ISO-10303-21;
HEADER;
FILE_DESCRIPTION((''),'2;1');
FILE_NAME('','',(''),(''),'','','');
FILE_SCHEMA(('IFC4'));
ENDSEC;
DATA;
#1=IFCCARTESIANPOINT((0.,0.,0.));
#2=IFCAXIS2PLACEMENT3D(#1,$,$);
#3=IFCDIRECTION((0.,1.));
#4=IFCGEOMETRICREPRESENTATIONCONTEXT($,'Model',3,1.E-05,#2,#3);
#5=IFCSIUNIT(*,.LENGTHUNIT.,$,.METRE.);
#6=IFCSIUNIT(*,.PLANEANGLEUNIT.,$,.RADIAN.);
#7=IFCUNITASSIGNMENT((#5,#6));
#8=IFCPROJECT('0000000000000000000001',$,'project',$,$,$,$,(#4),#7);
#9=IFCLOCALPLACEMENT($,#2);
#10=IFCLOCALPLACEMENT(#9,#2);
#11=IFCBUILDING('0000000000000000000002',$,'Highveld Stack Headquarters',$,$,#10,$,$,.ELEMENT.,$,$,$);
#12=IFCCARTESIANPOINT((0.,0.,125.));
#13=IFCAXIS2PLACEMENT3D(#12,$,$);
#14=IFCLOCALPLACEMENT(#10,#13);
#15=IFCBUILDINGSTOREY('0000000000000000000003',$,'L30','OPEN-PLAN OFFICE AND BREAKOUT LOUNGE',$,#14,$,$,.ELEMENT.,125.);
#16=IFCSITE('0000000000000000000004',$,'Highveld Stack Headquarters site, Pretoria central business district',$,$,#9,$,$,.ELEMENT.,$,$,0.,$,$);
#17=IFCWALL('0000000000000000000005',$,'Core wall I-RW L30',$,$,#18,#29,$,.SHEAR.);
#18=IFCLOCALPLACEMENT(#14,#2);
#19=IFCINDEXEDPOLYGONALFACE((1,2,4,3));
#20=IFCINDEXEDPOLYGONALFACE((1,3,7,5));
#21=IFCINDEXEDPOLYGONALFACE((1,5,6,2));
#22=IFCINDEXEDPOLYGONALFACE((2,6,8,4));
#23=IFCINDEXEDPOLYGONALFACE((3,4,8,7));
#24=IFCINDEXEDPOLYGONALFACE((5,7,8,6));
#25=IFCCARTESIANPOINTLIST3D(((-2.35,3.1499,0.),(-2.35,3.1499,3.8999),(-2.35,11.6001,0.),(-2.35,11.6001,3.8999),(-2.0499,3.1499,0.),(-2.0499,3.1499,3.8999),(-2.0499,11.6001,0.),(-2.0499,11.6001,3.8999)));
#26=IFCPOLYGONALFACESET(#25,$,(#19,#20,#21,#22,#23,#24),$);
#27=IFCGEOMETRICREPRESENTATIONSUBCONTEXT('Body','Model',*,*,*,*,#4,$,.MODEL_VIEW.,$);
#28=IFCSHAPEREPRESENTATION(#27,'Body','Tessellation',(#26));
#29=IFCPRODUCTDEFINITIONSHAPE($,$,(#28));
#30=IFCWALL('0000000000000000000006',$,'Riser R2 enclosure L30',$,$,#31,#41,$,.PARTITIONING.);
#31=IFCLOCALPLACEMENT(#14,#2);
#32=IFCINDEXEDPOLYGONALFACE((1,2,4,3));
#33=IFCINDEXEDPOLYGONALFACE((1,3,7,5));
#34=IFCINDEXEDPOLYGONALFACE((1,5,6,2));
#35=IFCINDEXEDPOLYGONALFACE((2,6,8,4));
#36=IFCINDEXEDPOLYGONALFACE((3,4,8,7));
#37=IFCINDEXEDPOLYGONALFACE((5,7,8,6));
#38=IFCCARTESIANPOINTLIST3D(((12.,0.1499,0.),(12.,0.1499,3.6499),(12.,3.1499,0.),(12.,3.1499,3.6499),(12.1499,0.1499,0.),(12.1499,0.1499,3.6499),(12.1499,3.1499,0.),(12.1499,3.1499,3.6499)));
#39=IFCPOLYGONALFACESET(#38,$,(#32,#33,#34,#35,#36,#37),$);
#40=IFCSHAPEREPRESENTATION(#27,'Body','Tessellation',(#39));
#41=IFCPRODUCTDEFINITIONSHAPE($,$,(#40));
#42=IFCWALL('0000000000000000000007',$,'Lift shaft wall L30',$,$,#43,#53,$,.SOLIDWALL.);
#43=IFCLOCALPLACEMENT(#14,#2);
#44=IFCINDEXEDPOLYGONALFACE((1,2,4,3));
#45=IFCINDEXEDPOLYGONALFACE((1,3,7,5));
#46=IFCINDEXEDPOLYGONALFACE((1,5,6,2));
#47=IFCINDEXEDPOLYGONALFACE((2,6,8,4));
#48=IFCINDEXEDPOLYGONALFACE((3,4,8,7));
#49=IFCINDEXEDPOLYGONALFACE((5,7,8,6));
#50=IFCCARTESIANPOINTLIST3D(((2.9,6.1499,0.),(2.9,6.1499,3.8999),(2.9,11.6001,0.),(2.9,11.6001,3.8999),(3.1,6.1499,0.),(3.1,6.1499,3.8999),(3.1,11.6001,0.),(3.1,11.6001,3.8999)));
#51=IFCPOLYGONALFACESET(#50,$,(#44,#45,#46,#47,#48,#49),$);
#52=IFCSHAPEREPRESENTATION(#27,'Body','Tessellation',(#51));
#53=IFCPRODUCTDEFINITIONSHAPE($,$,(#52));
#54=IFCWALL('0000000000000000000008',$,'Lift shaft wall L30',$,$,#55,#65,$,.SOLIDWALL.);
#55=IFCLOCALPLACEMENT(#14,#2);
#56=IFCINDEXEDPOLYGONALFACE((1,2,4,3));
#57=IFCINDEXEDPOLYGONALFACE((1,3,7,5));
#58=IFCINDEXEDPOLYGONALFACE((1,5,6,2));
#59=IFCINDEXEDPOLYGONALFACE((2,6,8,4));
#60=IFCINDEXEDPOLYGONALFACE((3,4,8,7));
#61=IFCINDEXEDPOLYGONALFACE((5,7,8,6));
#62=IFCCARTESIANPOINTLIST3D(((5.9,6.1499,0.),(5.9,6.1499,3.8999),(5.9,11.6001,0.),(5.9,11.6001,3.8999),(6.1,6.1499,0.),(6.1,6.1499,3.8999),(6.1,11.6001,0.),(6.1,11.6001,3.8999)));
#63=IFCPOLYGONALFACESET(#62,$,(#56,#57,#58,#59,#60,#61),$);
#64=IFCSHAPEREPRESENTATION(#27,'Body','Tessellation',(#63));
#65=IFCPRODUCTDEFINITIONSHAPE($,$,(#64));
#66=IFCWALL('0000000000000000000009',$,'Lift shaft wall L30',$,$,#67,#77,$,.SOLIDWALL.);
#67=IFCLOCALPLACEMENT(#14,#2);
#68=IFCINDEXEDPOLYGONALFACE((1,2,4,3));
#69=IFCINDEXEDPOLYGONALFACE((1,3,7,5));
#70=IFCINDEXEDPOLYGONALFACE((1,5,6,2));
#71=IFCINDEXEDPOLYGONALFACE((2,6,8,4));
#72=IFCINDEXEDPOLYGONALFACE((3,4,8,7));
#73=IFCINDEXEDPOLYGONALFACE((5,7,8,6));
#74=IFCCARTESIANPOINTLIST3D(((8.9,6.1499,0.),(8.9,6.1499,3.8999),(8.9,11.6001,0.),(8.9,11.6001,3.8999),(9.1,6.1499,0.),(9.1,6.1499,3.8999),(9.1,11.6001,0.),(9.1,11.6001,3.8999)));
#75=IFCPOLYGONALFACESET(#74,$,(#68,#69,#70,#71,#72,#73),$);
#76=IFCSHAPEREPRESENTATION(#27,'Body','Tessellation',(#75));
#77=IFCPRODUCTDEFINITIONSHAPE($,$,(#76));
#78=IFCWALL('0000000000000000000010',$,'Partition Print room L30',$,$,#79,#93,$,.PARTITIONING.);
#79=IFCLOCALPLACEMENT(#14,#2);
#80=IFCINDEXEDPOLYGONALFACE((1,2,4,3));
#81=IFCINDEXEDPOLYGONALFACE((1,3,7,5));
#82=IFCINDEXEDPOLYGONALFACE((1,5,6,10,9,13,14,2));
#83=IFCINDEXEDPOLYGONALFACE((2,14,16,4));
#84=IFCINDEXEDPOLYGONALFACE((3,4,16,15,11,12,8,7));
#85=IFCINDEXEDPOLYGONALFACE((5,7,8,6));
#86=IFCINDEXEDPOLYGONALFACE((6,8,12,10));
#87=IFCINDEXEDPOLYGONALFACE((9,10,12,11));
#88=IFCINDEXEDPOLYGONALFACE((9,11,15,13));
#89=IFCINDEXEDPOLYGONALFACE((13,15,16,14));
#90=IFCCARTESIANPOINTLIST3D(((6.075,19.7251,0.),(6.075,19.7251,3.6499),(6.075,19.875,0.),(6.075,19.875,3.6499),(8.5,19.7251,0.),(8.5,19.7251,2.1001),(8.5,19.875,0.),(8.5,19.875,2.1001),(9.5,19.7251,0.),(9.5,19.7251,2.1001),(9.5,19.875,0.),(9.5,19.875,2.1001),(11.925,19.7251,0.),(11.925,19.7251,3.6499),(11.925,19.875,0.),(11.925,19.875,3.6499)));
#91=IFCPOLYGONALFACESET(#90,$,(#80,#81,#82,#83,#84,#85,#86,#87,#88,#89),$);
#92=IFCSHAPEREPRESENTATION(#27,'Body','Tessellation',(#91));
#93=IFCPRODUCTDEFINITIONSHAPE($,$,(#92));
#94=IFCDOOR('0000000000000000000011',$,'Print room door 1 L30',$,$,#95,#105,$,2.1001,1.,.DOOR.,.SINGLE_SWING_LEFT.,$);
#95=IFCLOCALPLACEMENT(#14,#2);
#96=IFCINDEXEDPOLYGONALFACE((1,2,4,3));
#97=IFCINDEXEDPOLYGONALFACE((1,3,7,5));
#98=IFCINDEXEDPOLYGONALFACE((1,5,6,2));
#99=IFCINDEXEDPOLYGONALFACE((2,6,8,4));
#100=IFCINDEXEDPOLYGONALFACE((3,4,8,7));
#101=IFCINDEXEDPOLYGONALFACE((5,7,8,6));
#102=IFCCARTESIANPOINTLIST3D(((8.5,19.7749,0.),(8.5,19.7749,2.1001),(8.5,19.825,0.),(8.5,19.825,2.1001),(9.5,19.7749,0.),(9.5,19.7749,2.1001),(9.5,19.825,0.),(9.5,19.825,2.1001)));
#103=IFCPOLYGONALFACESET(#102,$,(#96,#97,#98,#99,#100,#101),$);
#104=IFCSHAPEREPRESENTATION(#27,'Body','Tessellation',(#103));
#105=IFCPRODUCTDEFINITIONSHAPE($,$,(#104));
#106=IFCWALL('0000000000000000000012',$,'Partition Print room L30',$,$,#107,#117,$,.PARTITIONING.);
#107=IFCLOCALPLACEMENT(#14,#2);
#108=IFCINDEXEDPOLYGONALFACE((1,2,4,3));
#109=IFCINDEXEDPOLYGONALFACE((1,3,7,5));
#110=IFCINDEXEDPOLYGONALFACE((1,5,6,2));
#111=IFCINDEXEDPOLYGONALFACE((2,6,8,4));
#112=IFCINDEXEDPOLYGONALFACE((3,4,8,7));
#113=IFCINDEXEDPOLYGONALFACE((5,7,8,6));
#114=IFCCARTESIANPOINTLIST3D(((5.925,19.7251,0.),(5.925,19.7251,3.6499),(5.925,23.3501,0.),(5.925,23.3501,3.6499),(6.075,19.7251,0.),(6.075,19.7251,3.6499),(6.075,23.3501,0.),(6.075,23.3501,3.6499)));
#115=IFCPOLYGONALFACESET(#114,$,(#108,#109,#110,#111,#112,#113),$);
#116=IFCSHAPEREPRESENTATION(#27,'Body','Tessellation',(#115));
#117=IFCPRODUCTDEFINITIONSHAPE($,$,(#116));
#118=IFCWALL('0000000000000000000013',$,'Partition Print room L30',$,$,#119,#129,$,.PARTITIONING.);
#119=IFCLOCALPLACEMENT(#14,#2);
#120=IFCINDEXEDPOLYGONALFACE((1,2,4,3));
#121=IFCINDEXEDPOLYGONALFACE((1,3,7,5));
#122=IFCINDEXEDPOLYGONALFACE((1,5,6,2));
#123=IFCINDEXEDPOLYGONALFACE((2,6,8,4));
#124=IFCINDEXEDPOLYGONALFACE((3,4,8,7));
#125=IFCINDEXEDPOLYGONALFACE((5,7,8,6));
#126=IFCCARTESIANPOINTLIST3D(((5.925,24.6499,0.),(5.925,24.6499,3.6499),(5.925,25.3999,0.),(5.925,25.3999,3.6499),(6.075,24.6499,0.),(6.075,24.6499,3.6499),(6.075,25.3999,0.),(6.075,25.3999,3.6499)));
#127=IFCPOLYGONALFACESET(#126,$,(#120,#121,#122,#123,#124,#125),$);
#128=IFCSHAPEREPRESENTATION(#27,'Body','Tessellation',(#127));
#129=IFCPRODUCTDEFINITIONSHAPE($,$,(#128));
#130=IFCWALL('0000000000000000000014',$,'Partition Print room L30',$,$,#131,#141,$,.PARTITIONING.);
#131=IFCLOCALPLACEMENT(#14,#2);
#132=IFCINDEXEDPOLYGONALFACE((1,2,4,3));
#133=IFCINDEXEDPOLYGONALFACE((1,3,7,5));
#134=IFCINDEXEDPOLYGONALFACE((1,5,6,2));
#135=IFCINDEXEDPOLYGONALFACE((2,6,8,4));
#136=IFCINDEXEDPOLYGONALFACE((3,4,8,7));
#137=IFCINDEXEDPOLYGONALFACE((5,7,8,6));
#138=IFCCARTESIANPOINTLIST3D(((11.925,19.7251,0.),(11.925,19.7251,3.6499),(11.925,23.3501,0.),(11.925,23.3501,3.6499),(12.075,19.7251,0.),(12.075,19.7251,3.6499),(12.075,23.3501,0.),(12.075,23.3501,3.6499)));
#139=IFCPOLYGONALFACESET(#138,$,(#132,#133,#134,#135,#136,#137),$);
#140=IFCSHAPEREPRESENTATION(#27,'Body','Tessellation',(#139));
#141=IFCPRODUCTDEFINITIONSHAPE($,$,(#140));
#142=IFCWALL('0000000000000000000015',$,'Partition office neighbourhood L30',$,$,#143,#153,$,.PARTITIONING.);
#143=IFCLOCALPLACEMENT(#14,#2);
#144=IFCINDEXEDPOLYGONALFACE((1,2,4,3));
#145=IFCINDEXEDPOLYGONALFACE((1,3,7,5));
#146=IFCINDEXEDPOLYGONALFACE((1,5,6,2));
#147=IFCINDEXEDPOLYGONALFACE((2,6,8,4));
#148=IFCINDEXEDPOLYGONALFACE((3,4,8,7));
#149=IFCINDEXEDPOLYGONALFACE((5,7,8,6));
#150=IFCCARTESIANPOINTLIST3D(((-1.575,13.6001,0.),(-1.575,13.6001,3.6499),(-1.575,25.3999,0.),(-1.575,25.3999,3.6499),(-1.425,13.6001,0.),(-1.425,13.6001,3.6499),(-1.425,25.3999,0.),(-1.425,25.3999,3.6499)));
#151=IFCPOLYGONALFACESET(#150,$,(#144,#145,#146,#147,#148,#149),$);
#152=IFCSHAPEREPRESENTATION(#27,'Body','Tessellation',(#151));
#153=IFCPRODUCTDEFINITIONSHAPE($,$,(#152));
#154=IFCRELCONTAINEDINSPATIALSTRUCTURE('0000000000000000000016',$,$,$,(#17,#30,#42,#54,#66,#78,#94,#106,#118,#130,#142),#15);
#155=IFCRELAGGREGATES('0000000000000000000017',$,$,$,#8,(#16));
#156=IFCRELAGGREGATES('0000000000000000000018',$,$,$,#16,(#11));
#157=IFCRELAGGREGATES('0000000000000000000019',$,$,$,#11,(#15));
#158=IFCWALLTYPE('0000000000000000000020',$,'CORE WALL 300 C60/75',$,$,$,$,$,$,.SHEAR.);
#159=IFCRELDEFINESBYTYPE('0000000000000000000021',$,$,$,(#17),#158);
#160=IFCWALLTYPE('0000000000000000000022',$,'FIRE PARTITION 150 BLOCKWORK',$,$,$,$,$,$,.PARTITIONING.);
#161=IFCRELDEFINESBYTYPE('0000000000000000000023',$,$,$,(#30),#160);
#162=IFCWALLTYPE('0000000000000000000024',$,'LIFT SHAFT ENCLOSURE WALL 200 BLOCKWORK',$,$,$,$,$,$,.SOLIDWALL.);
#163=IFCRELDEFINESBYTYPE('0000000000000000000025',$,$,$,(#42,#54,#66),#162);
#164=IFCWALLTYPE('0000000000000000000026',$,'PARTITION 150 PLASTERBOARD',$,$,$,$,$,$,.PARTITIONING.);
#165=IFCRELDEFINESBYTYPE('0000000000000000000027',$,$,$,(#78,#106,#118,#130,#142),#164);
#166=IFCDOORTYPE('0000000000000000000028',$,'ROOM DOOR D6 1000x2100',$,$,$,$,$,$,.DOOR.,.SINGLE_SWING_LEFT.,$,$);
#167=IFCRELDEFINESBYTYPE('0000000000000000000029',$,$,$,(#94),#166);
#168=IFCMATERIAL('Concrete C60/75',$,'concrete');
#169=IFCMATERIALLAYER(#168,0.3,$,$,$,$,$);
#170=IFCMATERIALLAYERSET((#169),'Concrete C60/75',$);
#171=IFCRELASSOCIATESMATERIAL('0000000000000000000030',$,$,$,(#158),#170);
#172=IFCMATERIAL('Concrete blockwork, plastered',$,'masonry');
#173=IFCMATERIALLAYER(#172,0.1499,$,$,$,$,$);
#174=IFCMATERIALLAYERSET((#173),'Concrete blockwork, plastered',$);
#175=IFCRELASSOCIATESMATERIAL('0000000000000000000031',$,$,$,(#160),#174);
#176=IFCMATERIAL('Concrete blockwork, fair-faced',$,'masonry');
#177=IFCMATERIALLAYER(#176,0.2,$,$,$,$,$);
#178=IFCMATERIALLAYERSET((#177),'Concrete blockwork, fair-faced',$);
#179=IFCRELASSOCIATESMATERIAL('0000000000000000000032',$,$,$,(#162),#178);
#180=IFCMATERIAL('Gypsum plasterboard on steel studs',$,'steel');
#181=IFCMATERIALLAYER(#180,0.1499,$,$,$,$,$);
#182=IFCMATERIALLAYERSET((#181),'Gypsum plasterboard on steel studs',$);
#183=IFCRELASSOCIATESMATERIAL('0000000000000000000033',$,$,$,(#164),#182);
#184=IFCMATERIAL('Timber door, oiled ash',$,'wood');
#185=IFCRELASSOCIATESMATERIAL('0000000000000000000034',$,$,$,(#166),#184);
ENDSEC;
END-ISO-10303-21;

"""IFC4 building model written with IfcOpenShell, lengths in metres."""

from ifc_helpers import new_model, si_unit, direction, frame, frame_2d, origin, place, context, subcontext, project, spatial, rectangle, extrude, material, layer, layer_set, type_object, element, fill, save


model = new_model("IFC4")

# Units and contexts
model_context = context("Model", 3, precision=1e-05, world=origin(), true_north=direction((0.0, 1.0)))
body_context = subcontext(model_context, "Body", "Model", "MODEL_VIEW")
ifc_project = project(units=[si_unit("LENGTHUNIT", "METRE"), si_unit("PLANEANGLEUNIT", "RADIAN")], contexts=[model_context])

# Site, building, storey
site_placement = place(None, origin())
site = spatial("IfcSite", under=ifc_project, at=site_placement, Name="Highveld Stack Headquarters site, Pretoria central business district", CompositionType="ELEMENT", RefElevation=0.0)
building_placement = place(site_placement, origin())
building = spatial("IfcBuilding", under=site, at=building_placement, Name="Highveld Stack Headquarters", CompositionType="ELEMENT")
storey_placement = place(building_placement, frame((0.0, 0.0, 125.0)))
storey = spatial("IfcBuildingStorey", under=building, at=storey_placement, Name="L30", Description="OPEN-PLAN OFFICE AND BREAKOUT LOUNGE", CompositionType="ELEMENT", Elevation=125.0)

# Shared definitions
ifc_material_1 = material(Name="Concrete C60/75", Category="concrete")
ifc_layer_1 = layer(ifc_material_1, 0.3)
ifc_layer_set_1 = layer_set([ifc_layer_1], Name="Concrete C60/75")
wall_type_1 = type_object("IfcWallType", Name="CORE WALL 300 C60/75", PredefinedType="SHEAR", material=ifc_layer_set_1)

# Walls
wall_1_placement = place(storey_placement, frame((-2.2, 3.1499, 0.0), z_axis=(0.0, 0.0, 1.0), x_axis=(0.0, 1.0, 0.0)))
element("IfcWall", 1, at=wall_1_placement, inside=storey, type_object=wall_type_1, Name="Core wall I-RW L30", PredefinedType="SHEAR", context=body_context, shape_type="SweptSolid", body=[
    extrude(rectangle(XDim=8.4502, YDim=0.3, at=frame_2d((4.2251, 0.0))), origin(), (0.0, 0.0, 1.0), 3.8999),
])
ifc_material_2 = material(Name="Concrete blockwork, plastered", Category="masonry")
ifc_layer_2 = layer(ifc_material_2, 0.1499)
ifc_layer_set_2 = layer_set([ifc_layer_2], Name="Concrete blockwork, plastered")
wall_type_2 = type_object("IfcWallType", Name="FIRE PARTITION 150 BLOCKWORK", PredefinedType="PARTITIONING", material=ifc_layer_set_2)
wall_2_placement = place(storey_placement, frame((12.075, 0.1499, 0.0), z_axis=(0.0, 0.0, 1.0), x_axis=(0.0, 1.0, 0.0)))
element("IfcWall", 2, at=wall_2_placement, inside=storey, type_object=wall_type_2, Name="Riser R2 enclosure L30", PredefinedType="PARTITIONING", context=body_context, shape_type="SweptSolid", body=[
    extrude(rectangle(XDim=3.0, YDim=0.1499, at=frame_2d((1.5, 0.0))), origin(), (0.0, 0.0, 1.0), 3.6499),
])
ifc_material_3 = material(Name="Concrete blockwork, fair-faced", Category="masonry")
ifc_layer_3 = layer(ifc_material_3, 0.2)
ifc_layer_set_3 = layer_set([ifc_layer_3], Name="Concrete blockwork, fair-faced")
wall_type_3 = type_object("IfcWallType", Name="LIFT SHAFT ENCLOSURE WALL 200 BLOCKWORK", PredefinedType="SOLIDWALL", material=ifc_layer_set_3)
for number, where, z_axis, x_axis, name in (
    (3, (3.0, 6.1499, 0.0), (0.0, 0.0, 1.0), (0.0, 1.0, 0.0), "Lift shaft wall L30"),
    (4, (6.0, 6.1499, 0.0), (0.0, 0.0, 1.0), (0.0, 1.0, 0.0), "Lift shaft wall L30"),
    (5, (9.0, 6.1499, 0.0), (0.0, 0.0, 1.0), (0.0, 1.0, 0.0), "Lift shaft wall L30"),
):
    element("IfcWall", number, at=place(storey_placement, frame(where, z_axis=z_axis, x_axis=x_axis)), inside=storey, type_object=wall_type_3, Name=name, PredefinedType="SOLIDWALL", context=body_context, shape_type="SweptSolid", body=[
        extrude(rectangle(XDim=5.4502, YDim=0.2, at=frame_2d((2.7251, 0.0))), origin(), (0.0, 0.0, 1.0), 3.8999),
    ])

# Wall, opening, door
ifc_material_4 = material(Name="Gypsum plasterboard on steel studs", Category="steel")
ifc_layer_4 = layer(ifc_material_4, 0.1499)
ifc_layer_set_4 = layer_set([ifc_layer_4], Name="Gypsum plasterboard on steel studs")
wall_type_4 = type_object("IfcWallType", Name="PARTITION 150 PLASTERBOARD", PredefinedType="PARTITIONING", material=ifc_layer_set_4)
wall_3_placement = place(storey_placement, frame((6.075, 19.8, 0.0), z_axis=(0.0, 0.0, 1.0), x_axis=(1.0, 0.0, 0.0)))
wall_3 = element("IfcWall", 6, at=wall_3_placement, inside=storey, type_object=wall_type_4, Name="Partition Print room L30", PredefinedType="PARTITIONING", context=body_context, shape_type="SweptSolid", body=[
    extrude(rectangle(XDim=5.8501, YDim=0.1499, at=frame_2d((2.925, 0.0))), origin(), (0.0, 0.0, 1.0), 3.6499),
])
opening_1_placement = place(wall_3_placement, frame((2.425, 0.0, 0.0)))
opening_1 = element("IfcOpeningElement", 7, at=opening_1_placement, cuts=wall_3, PredefinedType="OPENING", context=body_context, shape_type="SweptSolid", body=[
    extrude(rectangle(XDim=1.0, YDim=2.1001, at=frame_2d((0.5, 1.05))), frame((0.0, 0.085, 0.0), z_axis=(0.0, -1.0, 0.0), x_axis=(1.0, 0.0, 0.0)), (0.0, 0.0, 1.0), 0.1699),
])
ifc_material_5 = material(Name="Timber door, oiled ash", Category="wood")
door_type_1 = type_object("IfcDoorType", Name="ROOM DOOR D6 1000x2100", OperationType="SINGLE_SWING_LEFT", PredefinedType="DOOR", material=ifc_material_5)
door_1_placement = place(opening_1_placement, origin())
door_1 = element("IfcDoor", 8, at=door_1_placement, inside=storey, type_object=door_type_1, Name="Print room door 1 L30", OperationType="SINGLE_SWING_LEFT", OverallHeight=2.1001, OverallWidth=1.0, PredefinedType="DOOR", context=body_context, shape_type="SweptSolid", body=[
    extrude(rectangle(XDim=1.0, YDim=2.1001, at=frame_2d((0.5, 1.05))), frame((0.0, 0.0249, 0.0), z_axis=(0.0, -1.0, 0.0), x_axis=(1.0, 0.0, 0.0)), (0.0, 0.0, 1.0), 0.05),
])
fill(opening_1, door_1)

# Walls
wall_4_placement = place(storey_placement, frame((6.0, 19.7251, 0.0), z_axis=(0.0, 0.0, 1.0), x_axis=(0.0, 1.0, 0.0)))
element("IfcWall", 9, at=wall_4_placement, inside=storey, type_object=wall_type_4, Name="Partition Print room L30", PredefinedType="PARTITIONING", context=body_context, shape_type="SweptSolid", body=[
    extrude(rectangle(XDim=3.625, YDim=0.1499, at=frame_2d((1.8125, 0.0))), origin(), (0.0, 0.0, 1.0), 3.6499),
])
wall_5_placement = place(storey_placement, frame((6.0, 24.6499, 0.0), z_axis=(0.0, 0.0, 1.0), x_axis=(0.0, 1.0, 0.0)))
element("IfcWall", 10, at=wall_5_placement, inside=storey, type_object=wall_type_4, Name="Partition Print room L30", PredefinedType="PARTITIONING", context=body_context, shape_type="SweptSolid", body=[
    extrude(rectangle(XDim=0.75, YDim=0.1499, at=frame_2d((0.375, 0.0))), origin(), (0.0, 0.0, 1.0), 3.6499),
])
wall_6_placement = place(storey_placement, frame((12.0, 19.7251, 0.0), z_axis=(0.0, 0.0, 1.0), x_axis=(0.0, 1.0, 0.0)))
element("IfcWall", 11, at=wall_6_placement, inside=storey, type_object=wall_type_4, Name="Partition Print room L30", PredefinedType="PARTITIONING", context=body_context, shape_type="SweptSolid", body=[
    extrude(rectangle(XDim=3.625, YDim=0.1499, at=frame_2d((1.8125, 0.0))), origin(), (0.0, 0.0, 1.0), 3.6499),
])
wall_7_placement = place(storey_placement, frame((-1.5, 13.6001, 0.0), z_axis=(0.0, 0.0, 1.0), x_axis=(0.0, 1.0, 0.0)))
element("IfcWall", 12, at=wall_7_placement, inside=storey, type_object=wall_type_4, Name="Partition office neighbourhood L30", PredefinedType="PARTITIONING", context=body_context, shape_type="SweptSolid", body=[
    extrude(rectangle(XDim=11.7998, YDim=0.1499, at=frame_2d((5.8999, 0.0))), origin(), (0.0, 0.0, 1.0), 3.6499),
])

save(model, "model.ifc")
